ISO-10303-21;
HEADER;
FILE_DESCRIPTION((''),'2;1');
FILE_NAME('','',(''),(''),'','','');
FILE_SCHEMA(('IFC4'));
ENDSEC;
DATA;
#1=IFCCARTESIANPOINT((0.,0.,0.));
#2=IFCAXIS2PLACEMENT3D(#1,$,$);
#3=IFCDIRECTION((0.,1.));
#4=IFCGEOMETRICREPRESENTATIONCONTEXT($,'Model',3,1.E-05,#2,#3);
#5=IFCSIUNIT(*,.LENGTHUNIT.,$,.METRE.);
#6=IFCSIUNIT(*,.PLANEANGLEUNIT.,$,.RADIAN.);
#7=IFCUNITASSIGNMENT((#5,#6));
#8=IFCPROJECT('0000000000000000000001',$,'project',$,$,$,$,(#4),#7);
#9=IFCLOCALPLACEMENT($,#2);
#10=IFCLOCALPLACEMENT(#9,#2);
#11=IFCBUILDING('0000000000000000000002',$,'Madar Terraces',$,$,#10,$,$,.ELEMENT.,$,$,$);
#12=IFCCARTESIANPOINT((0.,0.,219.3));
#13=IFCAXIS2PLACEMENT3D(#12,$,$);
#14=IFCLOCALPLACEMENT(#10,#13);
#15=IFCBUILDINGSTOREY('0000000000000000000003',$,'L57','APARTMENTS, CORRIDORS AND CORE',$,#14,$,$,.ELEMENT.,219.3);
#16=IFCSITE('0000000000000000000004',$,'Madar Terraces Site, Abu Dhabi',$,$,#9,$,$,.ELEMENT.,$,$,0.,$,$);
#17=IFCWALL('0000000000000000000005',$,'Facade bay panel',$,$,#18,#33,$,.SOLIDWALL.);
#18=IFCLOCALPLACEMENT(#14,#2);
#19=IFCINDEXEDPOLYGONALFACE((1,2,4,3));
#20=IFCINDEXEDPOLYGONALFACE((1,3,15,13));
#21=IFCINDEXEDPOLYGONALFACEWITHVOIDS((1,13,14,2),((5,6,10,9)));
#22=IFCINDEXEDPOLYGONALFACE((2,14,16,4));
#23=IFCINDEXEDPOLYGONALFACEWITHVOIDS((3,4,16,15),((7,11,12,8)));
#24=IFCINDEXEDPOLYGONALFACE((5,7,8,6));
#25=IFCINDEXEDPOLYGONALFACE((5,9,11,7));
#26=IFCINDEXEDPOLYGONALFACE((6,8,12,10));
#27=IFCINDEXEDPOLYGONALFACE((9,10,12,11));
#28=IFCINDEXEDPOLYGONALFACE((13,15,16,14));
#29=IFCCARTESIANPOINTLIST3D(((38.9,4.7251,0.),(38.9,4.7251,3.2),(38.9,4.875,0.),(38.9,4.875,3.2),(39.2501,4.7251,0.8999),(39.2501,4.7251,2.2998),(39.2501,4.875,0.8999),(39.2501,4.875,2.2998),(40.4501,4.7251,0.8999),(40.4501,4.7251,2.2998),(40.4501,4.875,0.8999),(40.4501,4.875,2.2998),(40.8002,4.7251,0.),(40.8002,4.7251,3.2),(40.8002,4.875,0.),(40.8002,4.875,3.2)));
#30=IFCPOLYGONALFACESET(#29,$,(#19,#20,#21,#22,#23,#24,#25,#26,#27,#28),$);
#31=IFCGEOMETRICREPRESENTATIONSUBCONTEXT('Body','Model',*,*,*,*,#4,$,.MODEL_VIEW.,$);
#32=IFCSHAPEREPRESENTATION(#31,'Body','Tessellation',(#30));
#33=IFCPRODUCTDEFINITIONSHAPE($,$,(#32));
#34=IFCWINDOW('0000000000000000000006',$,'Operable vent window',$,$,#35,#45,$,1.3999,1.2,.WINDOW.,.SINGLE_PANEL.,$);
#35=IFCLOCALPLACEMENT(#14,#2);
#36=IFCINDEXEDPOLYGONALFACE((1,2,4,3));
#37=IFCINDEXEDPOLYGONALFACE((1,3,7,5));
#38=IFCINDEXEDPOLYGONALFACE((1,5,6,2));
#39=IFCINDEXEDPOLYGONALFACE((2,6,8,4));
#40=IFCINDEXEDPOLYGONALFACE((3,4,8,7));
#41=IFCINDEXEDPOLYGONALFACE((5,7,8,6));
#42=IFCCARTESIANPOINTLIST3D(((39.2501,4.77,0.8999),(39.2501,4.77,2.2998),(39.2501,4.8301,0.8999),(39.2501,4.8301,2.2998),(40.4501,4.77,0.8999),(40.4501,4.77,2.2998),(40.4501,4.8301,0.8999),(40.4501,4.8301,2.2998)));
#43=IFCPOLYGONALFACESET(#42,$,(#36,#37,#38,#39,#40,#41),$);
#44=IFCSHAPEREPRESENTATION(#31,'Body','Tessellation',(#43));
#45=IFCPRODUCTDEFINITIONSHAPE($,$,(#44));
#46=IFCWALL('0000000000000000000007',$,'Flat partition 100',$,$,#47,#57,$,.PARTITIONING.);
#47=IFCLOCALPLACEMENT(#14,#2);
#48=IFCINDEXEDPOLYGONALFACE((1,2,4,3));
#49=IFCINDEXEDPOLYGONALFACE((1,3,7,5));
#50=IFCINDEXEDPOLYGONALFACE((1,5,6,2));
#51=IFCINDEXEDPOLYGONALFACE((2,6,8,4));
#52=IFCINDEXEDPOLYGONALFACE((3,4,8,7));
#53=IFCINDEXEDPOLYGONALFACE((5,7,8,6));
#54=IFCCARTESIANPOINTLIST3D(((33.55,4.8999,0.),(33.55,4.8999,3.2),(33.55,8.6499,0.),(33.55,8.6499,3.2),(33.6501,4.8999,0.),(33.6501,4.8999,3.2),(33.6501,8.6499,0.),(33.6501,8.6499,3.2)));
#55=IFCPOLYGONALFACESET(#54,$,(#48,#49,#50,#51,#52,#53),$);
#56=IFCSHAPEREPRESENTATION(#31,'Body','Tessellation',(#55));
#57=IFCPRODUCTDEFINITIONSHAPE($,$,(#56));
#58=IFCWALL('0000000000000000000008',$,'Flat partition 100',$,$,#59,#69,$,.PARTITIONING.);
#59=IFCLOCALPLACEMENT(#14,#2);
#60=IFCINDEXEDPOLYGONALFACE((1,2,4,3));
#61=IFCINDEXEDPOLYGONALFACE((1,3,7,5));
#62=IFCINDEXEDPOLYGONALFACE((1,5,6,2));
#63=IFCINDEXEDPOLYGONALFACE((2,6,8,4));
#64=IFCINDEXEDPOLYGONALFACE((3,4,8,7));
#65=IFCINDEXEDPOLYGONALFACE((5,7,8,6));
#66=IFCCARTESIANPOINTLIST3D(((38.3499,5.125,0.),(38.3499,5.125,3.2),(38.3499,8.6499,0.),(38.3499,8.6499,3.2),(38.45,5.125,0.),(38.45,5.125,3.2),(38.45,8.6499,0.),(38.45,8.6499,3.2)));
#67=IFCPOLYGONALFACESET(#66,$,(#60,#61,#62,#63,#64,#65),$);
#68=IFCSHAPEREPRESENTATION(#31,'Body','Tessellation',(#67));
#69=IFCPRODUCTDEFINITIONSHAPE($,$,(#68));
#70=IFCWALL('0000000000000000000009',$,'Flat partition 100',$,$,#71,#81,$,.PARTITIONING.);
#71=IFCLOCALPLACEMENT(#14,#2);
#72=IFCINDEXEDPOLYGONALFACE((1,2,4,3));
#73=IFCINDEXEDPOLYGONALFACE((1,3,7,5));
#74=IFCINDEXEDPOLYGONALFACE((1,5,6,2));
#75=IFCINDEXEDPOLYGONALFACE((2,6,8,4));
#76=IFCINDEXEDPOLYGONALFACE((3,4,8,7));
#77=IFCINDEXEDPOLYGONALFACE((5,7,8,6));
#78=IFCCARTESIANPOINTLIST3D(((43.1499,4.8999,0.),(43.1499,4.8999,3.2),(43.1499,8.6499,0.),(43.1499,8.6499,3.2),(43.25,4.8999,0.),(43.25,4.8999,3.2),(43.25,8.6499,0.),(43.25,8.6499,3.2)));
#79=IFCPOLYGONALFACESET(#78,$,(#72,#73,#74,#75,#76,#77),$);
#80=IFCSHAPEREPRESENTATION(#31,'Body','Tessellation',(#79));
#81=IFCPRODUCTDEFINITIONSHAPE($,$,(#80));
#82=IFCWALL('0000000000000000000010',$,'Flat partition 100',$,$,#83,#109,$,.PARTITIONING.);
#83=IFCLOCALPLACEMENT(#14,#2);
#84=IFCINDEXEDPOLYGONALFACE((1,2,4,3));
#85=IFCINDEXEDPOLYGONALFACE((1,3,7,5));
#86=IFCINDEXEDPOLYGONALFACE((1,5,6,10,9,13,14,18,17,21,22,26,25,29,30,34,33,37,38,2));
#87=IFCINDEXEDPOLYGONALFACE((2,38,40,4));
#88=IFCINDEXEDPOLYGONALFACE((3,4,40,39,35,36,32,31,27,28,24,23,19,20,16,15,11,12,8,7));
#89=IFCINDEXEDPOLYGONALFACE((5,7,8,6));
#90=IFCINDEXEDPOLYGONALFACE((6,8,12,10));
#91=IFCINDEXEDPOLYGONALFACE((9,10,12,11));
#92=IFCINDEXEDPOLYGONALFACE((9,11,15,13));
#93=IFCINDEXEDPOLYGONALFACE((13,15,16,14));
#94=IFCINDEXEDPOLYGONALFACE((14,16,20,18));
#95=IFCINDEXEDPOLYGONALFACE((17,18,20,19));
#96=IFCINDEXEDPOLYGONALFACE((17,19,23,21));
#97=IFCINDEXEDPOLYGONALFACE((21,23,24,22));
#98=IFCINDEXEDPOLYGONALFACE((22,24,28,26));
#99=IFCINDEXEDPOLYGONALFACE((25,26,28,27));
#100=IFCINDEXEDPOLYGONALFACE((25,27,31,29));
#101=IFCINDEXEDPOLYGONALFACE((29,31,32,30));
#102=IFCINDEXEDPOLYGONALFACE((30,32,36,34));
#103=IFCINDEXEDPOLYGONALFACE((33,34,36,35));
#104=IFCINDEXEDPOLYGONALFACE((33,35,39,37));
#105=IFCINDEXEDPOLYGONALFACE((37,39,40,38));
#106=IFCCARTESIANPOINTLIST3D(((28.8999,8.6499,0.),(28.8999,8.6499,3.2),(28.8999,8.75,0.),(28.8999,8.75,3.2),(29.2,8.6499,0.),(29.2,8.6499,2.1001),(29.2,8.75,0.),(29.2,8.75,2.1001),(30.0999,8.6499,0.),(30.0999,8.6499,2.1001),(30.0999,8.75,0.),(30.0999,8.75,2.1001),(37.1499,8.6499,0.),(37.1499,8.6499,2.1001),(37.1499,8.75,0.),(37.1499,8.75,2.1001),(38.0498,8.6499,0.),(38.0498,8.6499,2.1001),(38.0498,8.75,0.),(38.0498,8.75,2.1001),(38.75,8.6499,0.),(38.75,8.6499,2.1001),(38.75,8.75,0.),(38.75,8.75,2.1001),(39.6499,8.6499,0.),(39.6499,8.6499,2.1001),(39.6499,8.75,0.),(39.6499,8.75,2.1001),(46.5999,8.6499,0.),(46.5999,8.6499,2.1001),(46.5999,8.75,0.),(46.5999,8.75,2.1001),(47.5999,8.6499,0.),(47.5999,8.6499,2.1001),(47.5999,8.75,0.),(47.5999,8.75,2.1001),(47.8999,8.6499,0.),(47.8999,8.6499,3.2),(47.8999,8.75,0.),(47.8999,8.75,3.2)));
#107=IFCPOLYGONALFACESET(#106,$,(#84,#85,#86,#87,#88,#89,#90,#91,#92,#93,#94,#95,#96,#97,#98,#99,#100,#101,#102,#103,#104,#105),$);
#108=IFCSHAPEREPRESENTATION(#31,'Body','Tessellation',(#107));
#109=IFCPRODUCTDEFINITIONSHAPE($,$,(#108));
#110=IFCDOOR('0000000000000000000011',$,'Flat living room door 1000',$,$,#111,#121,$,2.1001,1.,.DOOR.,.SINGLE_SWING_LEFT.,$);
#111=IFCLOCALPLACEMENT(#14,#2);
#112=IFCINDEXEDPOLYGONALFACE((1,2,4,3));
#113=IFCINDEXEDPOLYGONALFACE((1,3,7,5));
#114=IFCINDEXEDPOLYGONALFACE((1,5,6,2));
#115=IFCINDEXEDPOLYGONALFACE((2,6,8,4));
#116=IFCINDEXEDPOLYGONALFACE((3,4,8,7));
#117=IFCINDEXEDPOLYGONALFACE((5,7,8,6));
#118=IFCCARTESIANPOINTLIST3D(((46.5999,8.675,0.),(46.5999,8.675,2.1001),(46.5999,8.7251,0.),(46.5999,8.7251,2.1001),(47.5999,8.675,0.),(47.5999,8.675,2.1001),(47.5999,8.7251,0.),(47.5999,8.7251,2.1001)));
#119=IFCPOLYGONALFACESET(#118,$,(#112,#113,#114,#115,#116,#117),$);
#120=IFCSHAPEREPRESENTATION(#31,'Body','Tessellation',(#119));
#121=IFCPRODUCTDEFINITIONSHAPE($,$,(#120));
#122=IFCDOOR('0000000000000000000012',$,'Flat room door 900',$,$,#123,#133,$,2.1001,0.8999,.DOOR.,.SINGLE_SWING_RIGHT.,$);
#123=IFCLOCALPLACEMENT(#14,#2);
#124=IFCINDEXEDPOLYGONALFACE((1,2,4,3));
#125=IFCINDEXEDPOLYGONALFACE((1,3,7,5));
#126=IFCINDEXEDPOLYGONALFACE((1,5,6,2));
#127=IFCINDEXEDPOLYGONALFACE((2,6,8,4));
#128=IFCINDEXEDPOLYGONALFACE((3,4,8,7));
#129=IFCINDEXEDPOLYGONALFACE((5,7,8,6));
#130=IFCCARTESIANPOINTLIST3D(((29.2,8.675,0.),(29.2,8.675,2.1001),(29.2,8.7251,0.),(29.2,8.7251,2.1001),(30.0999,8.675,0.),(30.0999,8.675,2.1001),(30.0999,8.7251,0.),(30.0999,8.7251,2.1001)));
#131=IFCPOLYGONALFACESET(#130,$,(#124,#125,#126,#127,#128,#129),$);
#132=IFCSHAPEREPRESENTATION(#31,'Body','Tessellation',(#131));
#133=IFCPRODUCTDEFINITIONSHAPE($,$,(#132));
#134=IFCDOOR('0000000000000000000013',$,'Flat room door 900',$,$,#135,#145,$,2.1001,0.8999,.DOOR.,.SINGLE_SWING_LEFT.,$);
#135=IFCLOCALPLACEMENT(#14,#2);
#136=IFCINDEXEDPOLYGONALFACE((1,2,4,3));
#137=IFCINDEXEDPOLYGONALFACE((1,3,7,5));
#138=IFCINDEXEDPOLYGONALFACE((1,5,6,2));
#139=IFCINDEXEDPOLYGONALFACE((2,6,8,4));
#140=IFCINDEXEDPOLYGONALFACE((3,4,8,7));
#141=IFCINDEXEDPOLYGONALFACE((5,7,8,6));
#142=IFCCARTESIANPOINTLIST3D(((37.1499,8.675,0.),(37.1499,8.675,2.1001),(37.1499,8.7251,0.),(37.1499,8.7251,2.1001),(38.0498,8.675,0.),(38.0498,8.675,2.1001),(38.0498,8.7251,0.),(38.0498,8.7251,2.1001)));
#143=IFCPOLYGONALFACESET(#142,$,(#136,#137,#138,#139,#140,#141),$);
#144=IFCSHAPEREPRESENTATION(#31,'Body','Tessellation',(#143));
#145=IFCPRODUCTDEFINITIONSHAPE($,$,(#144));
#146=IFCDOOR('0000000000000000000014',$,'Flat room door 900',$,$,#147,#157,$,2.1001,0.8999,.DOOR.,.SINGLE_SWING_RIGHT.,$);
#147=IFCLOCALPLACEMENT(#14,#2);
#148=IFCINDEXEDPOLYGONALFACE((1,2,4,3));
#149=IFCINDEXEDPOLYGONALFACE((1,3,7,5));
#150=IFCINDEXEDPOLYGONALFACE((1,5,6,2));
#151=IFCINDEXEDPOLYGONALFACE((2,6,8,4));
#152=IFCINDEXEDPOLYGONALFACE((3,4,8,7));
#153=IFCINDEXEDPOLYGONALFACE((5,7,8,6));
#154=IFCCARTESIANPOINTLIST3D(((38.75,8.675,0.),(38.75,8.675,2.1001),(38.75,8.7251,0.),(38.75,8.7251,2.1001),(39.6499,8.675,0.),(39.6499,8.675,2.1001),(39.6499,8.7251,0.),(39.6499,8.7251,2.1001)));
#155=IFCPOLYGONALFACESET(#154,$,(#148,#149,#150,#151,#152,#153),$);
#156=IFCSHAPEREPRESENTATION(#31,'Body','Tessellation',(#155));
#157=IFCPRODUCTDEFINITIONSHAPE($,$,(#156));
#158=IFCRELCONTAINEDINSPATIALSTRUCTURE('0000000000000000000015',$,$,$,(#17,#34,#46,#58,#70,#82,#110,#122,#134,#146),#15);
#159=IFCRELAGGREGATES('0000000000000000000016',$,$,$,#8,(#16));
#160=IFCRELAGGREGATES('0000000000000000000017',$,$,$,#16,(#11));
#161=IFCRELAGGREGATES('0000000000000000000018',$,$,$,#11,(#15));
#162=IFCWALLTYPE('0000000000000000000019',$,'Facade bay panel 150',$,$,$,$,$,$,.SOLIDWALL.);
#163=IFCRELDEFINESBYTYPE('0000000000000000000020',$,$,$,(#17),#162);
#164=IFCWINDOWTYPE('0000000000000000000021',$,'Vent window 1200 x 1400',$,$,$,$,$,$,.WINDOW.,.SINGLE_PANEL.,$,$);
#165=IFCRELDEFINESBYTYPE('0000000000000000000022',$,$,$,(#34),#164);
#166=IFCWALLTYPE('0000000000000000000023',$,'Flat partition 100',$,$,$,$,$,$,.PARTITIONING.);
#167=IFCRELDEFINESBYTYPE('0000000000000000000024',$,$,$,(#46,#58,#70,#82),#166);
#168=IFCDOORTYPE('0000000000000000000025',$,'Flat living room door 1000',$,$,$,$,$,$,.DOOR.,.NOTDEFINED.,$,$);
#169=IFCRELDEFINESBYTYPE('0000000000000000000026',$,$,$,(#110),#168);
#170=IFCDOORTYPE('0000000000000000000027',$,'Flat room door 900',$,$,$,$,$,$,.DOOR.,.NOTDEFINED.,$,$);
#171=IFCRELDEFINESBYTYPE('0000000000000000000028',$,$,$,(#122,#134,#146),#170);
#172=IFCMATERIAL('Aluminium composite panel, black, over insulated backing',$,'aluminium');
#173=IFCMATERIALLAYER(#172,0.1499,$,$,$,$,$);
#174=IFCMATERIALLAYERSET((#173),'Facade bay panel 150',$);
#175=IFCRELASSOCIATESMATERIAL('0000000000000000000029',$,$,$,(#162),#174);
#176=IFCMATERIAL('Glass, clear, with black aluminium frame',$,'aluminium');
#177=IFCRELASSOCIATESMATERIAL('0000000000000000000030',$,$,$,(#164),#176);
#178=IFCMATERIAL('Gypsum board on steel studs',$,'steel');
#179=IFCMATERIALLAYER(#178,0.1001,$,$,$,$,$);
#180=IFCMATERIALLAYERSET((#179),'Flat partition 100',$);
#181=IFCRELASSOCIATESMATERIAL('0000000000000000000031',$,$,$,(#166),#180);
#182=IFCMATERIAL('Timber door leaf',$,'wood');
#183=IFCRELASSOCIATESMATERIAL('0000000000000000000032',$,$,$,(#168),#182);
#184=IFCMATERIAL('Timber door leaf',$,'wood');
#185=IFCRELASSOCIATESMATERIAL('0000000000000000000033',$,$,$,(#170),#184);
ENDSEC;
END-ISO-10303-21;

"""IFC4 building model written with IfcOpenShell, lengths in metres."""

from ifc_helpers import new_model, si_unit, direction, frame, frame_2d, origin, place, context, subcontext, project, spatial, rectangle, extrude, material, layer, layer_set, type_object, element, fill, save


model = new_model("IFC4")

# Units and contexts
model_context = context("Model", 3, precision=1e-05, world=origin(), true_north=direction((0.0, 1.0)))
body_context = subcontext(model_context, "Body", "Model", "MODEL_VIEW")
ifc_project = project(units=[si_unit("LENGTHUNIT", "METRE"), si_unit("PLANEANGLEUNIT", "RADIAN")], contexts=[model_context])

# Site, building, storey
site_placement = place(None, origin())
site = spatial("IfcSite", under=ifc_project, at=site_placement, Name="Madar Terraces Site, Abu Dhabi", CompositionType="ELEMENT", RefElevation=0.0)
building_placement = place(site_placement, origin())
building = spatial("IfcBuilding", under=site, at=building_placement, Name="Madar Terraces", CompositionType="ELEMENT")
storey_placement = place(building_placement, frame((0.0, 0.0, 219.3)))
storey = spatial("IfcBuildingStorey", under=building, at=storey_placement, Name="L57", Description="APARTMENTS, CORRIDORS AND CORE", CompositionType="ELEMENT", Elevation=219.3)

# Wall, opening, window
ifc_material_1 = material(Name="Aluminium composite panel, black, over insulated backing", Category="aluminium")
ifc_layer_1 = layer(ifc_material_1, 0.1499)
ifc_layer_set_1 = layer_set([ifc_layer_1], Name="Facade bay panel 150")
wall_type_1 = type_object("IfcWallType", Name="Facade bay panel 150", PredefinedType="SOLIDWALL", material=ifc_layer_set_1)
ifc_material_2 = material(Name="Glass, clear, with black aluminium frame", Category="aluminium")
window_type = type_object("IfcWindowType", Name="Vent window 1200 x 1400", PartitioningType="SINGLE_PANEL", PredefinedType="WINDOW", material=ifc_material_2)
wall_1_placement = place(storey_placement, frame((38.8999, 4.8, 0.0), z_axis=(0.0, 0.0, 1.0), x_axis=(1.0, 0.0, 0.0)))
wall_1 = element("IfcWall", 1, at=wall_1_placement, inside=storey, type_object=wall_type_1, Name="Facade bay panel", PredefinedType="SOLIDWALL", context=body_context, shape_type="SweptSolid", body=[
    extrude(rectangle(XDim=1.9001, YDim=0.1499, at=frame_2d((0.9502, 0.0))), origin(), (0.0, 0.0, 1.0), 3.2),
])
opening_1_placement = place(wall_1_placement, frame((0.3501, 0.0, 0.8999)))
opening_1 = element("IfcOpeningElement", 2, at=opening_1_placement, cuts=wall_1, PredefinedType="OPENING", context=body_context, shape_type="SweptSolid", body=[
    extrude(rectangle(XDim=1.2, YDim=1.3999, at=frame_2d((0.6001, 0.7))), frame((0.0, 0.085, 0.0), z_axis=(0.0, -1.0, 0.0), x_axis=(1.0, 0.0, 0.0)), (0.0, 0.0, 1.0), 0.1699),
])
window_1_placement = place(opening_1_placement, origin())
window_1 = element("IfcWindow", 3, at=window_1_placement, inside=storey, type_object=window_type, Name="Operable vent window", OverallHeight=1.3999, OverallWidth=1.2, PartitioningType="SINGLE_PANEL", PredefinedType="WINDOW", context=body_context, shape_type="SweptSolid", body=[
    extrude(rectangle(XDim=1.2, YDim=1.3999, at=frame_2d((0.6001, 0.7))), frame((0.0, 0.03, 0.0), z_axis=(0.0, -1.0, 0.0), x_axis=(1.0, 0.0, 0.0)), (0.0, 0.0, 1.0), 0.0601),
])
fill(opening_1, window_1)

# Walls
ifc_material_3 = material(Name="Gypsum board on steel studs", Category="steel")
ifc_layer_2 = layer(ifc_material_3, 0.1001)
ifc_layer_set_2 = layer_set([ifc_layer_2], Name="Flat partition 100")
wall_type_2 = type_object("IfcWallType", Name="Flat partition 100", PredefinedType="PARTITIONING", material=ifc_layer_set_2)
wall_2_placement = place(storey_placement, frame((33.6001, 8.6499, 0.0), z_axis=(0.0, 0.0, 1.0), x_axis=(0.0, -1.0, 0.0)))
element("IfcWall", 4, at=wall_2_placement, inside=storey, type_object=wall_type_2, Name="Flat partition 100", PredefinedType="PARTITIONING", context=body_context, shape_type="SweptSolid", body=[
    extrude(rectangle(XDim=3.75, YDim=0.1001, at=frame_2d((1.875, 0.0))), origin(), (0.0, 0.0, 1.0), 3.2),
])
wall_3_placement = place(storey_placement, frame((38.3999, 8.6499, 0.0), z_axis=(0.0, 0.0, 1.0), x_axis=(0.0, -1.0, 0.0)))
element("IfcWall", 5, at=wall_3_placement, inside=storey, type_object=wall_type_2, Name="Flat partition 100", PredefinedType="PARTITIONING", context=body_context, shape_type="SweptSolid", body=[
    extrude(rectangle(XDim=3.5249, YDim=0.1001, at=frame_2d((1.7625, 0.0))), origin(), (0.0, 0.0, 1.0), 3.2),
])
wall_4_placement = place(storey_placement, frame((43.2, 8.6499, 0.0), z_axis=(0.0, 0.0, 1.0), x_axis=(0.0, -1.0, 0.0)))
element("IfcWall", 6, at=wall_4_placement, inside=storey, type_object=wall_type_2, Name="Flat partition 100", PredefinedType="PARTITIONING", context=body_context, shape_type="SweptSolid", body=[
    extrude(rectangle(XDim=3.75, YDim=0.1001, at=frame_2d((1.875, 0.0))), origin(), (0.0, 0.0, 1.0), 3.2),
])

# Wall, openings, doors
wall_5_placement = place(storey_placement, frame((47.8999, 8.7, 0.0), z_axis=(0.0, 0.0, 1.0), x_axis=(-1.0, 0.0, 0.0)))
wall_5 = element("IfcWall", 7, at=wall_5_placement, inside=storey, type_object=wall_type_2, Name="Flat partition 100", PredefinedType="PARTITIONING", context=body_context, shape_type="SweptSolid", body=[
    extrude(rectangle(XDim=19.0, YDim=0.1001, at=frame_2d((9.5, 0.0))), origin(), (0.0, 0.0, 1.0), 3.2),
])
opening_2_placement = place(wall_5_placement, frame((17.8, 0.0, 0.0)))
opening_2 = element("IfcOpeningElement", 8, at=opening_2_placement, cuts=wall_5, PredefinedType="OPENING", context=body_context, shape_type="SweptSolid", body=[
    extrude(rectangle(XDim=0.8999, YDim=2.1001, at=frame_2d((0.45, 1.05))), frame((0.0, 0.0601, 0.0), z_axis=(0.0, -1.0, 0.0), x_axis=(1.0, 0.0, 0.0)), (0.0, 0.0, 1.0), 0.1201),
])
opening_3_placement = place(wall_5_placement, frame((9.8501, 0.0, 0.0)))
opening_3 = element("IfcOpeningElement", 9, at=opening_3_placement, cuts=wall_5, PredefinedType="OPENING", context=body_context, shape_type="SweptSolid", body=[
    extrude(rectangle(XDim=0.8999, YDim=2.1001, at=frame_2d((0.45, 1.05))), frame((0.0, 0.0601, 0.0), z_axis=(0.0, -1.0, 0.0), x_axis=(1.0, 0.0, 0.0)), (0.0, 0.0, 1.0), 0.1201),
])
opening_4_placement = place(wall_5_placement, frame((8.25, 0.0, 0.0)))
opening_4 = element("IfcOpeningElement", 10, at=opening_4_placement, cuts=wall_5, PredefinedType="OPENING", context=body_context, shape_type="SweptSolid", body=[
    extrude(rectangle(XDim=0.8999, YDim=2.1001, at=frame_2d((0.45, 1.05))), frame((0.0, 0.0601, 0.0), z_axis=(0.0, -1.0, 0.0), x_axis=(1.0, 0.0, 0.0)), (0.0, 0.0, 1.0), 0.1201),
])
opening_5_placement = place(wall_5_placement, frame((0.3, 0.0, 0.0)))
opening_5 = element("IfcOpeningElement", 11, at=opening_5_placement, cuts=wall_5, PredefinedType="OPENING", context=body_context, shape_type="SweptSolid", body=[
    extrude(rectangle(XDim=1.0, YDim=2.1001, at=frame_2d((0.5, 1.05))), frame((0.0, 0.0601, 0.0), z_axis=(0.0, -1.0, 0.0), x_axis=(1.0, 0.0, 0.0)), (0.0, 0.0, 1.0), 0.1201),
])
ifc_material_4 = material(Name="Timber door leaf", Category="wood")
door_type_1 = type_object("IfcDoorType", Name="Flat living room door 1000", OperationType="NOTDEFINED", PredefinedType="DOOR", material=ifc_material_4)
door_1_placement = place(opening_5_placement, origin())
door_1 = element("IfcDoor", 12, at=door_1_placement, inside=storey, type_object=door_type_1, Name="Flat living room door 1000", OperationType="SINGLE_SWING_LEFT", OverallHeight=2.1001, OverallWidth=1.0, PredefinedType="DOOR", context=body_context, shape_type="SweptSolid", body=[
    extrude(rectangle(XDim=1.0, YDim=2.1001, at=frame_2d((0.5, 1.05))), frame((0.0, 0.0249, 0.0), z_axis=(0.0, -1.0, 0.0), x_axis=(1.0, 0.0, 0.0)), (0.0, 0.0, 1.0), 0.05),
])
fill(opening_5, door_1)
ifc_material_5 = material(Name="Timber door leaf", Category="wood")
door_type_2 = type_object("IfcDoorType", Name="Flat room door 900", OperationType="NOTDEFINED", PredefinedType="DOOR", material=ifc_material_5)
door_2_placement = place(opening_2_placement, origin())
door_2 = element("IfcDoor", 13, at=door_2_placement, inside=storey, type_object=door_type_2, Name="Flat room door 900", OperationType="SINGLE_SWING_RIGHT", OverallHeight=2.1001, OverallWidth=0.8999, PredefinedType="DOOR", context=body_context, shape_type="SweptSolid", body=[
    extrude(rectangle(XDim=0.8999, YDim=2.1001, at=frame_2d((0.45, 1.05))), frame((0.0, 0.0249, 0.0), z_axis=(0.0, -1.0, 0.0), x_axis=(1.0, 0.0, 0.0)), (0.0, 0.0, 1.0), 0.05),
])
fill(opening_2, door_2)
door_3_placement = place(opening_3_placement, origin())
door_3 = element("IfcDoor", 14, at=door_3_placement, inside=storey, type_object=door_type_2, Name="Flat room door 900", OperationType="SINGLE_SWING_LEFT", OverallHeight=2.1001, OverallWidth=0.8999, PredefinedType="DOOR", context=body_context, shape_type="SweptSolid", body=[
    extrude(rectangle(XDim=0.8999, YDim=2.1001, at=frame_2d((0.45, 1.05))), frame((0.0, 0.0249, 0.0), z_axis=(0.0, -1.0, 0.0), x_axis=(1.0, 0.0, 0.0)), (0.0, 0.0, 1.0), 0.05),
])
fill(opening_3, door_3)
door_4_placement = place(opening_4_placement, origin())
door_4 = element("IfcDoor", 15, at=door_4_placement, inside=storey, type_object=door_type_2, Name="Flat room door 900", OperationType="SINGLE_SWING_RIGHT", OverallHeight=2.1001, OverallWidth=0.8999, PredefinedType="DOOR", context=body_context, shape_type="SweptSolid", body=[
    extrude(rectangle(XDim=0.8999, YDim=2.1001, at=frame_2d((0.45, 1.05))), frame((0.0, 0.0249, 0.0), z_axis=(0.0, -1.0, 0.0), x_axis=(1.0, 0.0, 0.0)), (0.0, 0.0, 1.0), 0.05),
])
fill(opening_4, door_4)

save(model, "model.ifc")
